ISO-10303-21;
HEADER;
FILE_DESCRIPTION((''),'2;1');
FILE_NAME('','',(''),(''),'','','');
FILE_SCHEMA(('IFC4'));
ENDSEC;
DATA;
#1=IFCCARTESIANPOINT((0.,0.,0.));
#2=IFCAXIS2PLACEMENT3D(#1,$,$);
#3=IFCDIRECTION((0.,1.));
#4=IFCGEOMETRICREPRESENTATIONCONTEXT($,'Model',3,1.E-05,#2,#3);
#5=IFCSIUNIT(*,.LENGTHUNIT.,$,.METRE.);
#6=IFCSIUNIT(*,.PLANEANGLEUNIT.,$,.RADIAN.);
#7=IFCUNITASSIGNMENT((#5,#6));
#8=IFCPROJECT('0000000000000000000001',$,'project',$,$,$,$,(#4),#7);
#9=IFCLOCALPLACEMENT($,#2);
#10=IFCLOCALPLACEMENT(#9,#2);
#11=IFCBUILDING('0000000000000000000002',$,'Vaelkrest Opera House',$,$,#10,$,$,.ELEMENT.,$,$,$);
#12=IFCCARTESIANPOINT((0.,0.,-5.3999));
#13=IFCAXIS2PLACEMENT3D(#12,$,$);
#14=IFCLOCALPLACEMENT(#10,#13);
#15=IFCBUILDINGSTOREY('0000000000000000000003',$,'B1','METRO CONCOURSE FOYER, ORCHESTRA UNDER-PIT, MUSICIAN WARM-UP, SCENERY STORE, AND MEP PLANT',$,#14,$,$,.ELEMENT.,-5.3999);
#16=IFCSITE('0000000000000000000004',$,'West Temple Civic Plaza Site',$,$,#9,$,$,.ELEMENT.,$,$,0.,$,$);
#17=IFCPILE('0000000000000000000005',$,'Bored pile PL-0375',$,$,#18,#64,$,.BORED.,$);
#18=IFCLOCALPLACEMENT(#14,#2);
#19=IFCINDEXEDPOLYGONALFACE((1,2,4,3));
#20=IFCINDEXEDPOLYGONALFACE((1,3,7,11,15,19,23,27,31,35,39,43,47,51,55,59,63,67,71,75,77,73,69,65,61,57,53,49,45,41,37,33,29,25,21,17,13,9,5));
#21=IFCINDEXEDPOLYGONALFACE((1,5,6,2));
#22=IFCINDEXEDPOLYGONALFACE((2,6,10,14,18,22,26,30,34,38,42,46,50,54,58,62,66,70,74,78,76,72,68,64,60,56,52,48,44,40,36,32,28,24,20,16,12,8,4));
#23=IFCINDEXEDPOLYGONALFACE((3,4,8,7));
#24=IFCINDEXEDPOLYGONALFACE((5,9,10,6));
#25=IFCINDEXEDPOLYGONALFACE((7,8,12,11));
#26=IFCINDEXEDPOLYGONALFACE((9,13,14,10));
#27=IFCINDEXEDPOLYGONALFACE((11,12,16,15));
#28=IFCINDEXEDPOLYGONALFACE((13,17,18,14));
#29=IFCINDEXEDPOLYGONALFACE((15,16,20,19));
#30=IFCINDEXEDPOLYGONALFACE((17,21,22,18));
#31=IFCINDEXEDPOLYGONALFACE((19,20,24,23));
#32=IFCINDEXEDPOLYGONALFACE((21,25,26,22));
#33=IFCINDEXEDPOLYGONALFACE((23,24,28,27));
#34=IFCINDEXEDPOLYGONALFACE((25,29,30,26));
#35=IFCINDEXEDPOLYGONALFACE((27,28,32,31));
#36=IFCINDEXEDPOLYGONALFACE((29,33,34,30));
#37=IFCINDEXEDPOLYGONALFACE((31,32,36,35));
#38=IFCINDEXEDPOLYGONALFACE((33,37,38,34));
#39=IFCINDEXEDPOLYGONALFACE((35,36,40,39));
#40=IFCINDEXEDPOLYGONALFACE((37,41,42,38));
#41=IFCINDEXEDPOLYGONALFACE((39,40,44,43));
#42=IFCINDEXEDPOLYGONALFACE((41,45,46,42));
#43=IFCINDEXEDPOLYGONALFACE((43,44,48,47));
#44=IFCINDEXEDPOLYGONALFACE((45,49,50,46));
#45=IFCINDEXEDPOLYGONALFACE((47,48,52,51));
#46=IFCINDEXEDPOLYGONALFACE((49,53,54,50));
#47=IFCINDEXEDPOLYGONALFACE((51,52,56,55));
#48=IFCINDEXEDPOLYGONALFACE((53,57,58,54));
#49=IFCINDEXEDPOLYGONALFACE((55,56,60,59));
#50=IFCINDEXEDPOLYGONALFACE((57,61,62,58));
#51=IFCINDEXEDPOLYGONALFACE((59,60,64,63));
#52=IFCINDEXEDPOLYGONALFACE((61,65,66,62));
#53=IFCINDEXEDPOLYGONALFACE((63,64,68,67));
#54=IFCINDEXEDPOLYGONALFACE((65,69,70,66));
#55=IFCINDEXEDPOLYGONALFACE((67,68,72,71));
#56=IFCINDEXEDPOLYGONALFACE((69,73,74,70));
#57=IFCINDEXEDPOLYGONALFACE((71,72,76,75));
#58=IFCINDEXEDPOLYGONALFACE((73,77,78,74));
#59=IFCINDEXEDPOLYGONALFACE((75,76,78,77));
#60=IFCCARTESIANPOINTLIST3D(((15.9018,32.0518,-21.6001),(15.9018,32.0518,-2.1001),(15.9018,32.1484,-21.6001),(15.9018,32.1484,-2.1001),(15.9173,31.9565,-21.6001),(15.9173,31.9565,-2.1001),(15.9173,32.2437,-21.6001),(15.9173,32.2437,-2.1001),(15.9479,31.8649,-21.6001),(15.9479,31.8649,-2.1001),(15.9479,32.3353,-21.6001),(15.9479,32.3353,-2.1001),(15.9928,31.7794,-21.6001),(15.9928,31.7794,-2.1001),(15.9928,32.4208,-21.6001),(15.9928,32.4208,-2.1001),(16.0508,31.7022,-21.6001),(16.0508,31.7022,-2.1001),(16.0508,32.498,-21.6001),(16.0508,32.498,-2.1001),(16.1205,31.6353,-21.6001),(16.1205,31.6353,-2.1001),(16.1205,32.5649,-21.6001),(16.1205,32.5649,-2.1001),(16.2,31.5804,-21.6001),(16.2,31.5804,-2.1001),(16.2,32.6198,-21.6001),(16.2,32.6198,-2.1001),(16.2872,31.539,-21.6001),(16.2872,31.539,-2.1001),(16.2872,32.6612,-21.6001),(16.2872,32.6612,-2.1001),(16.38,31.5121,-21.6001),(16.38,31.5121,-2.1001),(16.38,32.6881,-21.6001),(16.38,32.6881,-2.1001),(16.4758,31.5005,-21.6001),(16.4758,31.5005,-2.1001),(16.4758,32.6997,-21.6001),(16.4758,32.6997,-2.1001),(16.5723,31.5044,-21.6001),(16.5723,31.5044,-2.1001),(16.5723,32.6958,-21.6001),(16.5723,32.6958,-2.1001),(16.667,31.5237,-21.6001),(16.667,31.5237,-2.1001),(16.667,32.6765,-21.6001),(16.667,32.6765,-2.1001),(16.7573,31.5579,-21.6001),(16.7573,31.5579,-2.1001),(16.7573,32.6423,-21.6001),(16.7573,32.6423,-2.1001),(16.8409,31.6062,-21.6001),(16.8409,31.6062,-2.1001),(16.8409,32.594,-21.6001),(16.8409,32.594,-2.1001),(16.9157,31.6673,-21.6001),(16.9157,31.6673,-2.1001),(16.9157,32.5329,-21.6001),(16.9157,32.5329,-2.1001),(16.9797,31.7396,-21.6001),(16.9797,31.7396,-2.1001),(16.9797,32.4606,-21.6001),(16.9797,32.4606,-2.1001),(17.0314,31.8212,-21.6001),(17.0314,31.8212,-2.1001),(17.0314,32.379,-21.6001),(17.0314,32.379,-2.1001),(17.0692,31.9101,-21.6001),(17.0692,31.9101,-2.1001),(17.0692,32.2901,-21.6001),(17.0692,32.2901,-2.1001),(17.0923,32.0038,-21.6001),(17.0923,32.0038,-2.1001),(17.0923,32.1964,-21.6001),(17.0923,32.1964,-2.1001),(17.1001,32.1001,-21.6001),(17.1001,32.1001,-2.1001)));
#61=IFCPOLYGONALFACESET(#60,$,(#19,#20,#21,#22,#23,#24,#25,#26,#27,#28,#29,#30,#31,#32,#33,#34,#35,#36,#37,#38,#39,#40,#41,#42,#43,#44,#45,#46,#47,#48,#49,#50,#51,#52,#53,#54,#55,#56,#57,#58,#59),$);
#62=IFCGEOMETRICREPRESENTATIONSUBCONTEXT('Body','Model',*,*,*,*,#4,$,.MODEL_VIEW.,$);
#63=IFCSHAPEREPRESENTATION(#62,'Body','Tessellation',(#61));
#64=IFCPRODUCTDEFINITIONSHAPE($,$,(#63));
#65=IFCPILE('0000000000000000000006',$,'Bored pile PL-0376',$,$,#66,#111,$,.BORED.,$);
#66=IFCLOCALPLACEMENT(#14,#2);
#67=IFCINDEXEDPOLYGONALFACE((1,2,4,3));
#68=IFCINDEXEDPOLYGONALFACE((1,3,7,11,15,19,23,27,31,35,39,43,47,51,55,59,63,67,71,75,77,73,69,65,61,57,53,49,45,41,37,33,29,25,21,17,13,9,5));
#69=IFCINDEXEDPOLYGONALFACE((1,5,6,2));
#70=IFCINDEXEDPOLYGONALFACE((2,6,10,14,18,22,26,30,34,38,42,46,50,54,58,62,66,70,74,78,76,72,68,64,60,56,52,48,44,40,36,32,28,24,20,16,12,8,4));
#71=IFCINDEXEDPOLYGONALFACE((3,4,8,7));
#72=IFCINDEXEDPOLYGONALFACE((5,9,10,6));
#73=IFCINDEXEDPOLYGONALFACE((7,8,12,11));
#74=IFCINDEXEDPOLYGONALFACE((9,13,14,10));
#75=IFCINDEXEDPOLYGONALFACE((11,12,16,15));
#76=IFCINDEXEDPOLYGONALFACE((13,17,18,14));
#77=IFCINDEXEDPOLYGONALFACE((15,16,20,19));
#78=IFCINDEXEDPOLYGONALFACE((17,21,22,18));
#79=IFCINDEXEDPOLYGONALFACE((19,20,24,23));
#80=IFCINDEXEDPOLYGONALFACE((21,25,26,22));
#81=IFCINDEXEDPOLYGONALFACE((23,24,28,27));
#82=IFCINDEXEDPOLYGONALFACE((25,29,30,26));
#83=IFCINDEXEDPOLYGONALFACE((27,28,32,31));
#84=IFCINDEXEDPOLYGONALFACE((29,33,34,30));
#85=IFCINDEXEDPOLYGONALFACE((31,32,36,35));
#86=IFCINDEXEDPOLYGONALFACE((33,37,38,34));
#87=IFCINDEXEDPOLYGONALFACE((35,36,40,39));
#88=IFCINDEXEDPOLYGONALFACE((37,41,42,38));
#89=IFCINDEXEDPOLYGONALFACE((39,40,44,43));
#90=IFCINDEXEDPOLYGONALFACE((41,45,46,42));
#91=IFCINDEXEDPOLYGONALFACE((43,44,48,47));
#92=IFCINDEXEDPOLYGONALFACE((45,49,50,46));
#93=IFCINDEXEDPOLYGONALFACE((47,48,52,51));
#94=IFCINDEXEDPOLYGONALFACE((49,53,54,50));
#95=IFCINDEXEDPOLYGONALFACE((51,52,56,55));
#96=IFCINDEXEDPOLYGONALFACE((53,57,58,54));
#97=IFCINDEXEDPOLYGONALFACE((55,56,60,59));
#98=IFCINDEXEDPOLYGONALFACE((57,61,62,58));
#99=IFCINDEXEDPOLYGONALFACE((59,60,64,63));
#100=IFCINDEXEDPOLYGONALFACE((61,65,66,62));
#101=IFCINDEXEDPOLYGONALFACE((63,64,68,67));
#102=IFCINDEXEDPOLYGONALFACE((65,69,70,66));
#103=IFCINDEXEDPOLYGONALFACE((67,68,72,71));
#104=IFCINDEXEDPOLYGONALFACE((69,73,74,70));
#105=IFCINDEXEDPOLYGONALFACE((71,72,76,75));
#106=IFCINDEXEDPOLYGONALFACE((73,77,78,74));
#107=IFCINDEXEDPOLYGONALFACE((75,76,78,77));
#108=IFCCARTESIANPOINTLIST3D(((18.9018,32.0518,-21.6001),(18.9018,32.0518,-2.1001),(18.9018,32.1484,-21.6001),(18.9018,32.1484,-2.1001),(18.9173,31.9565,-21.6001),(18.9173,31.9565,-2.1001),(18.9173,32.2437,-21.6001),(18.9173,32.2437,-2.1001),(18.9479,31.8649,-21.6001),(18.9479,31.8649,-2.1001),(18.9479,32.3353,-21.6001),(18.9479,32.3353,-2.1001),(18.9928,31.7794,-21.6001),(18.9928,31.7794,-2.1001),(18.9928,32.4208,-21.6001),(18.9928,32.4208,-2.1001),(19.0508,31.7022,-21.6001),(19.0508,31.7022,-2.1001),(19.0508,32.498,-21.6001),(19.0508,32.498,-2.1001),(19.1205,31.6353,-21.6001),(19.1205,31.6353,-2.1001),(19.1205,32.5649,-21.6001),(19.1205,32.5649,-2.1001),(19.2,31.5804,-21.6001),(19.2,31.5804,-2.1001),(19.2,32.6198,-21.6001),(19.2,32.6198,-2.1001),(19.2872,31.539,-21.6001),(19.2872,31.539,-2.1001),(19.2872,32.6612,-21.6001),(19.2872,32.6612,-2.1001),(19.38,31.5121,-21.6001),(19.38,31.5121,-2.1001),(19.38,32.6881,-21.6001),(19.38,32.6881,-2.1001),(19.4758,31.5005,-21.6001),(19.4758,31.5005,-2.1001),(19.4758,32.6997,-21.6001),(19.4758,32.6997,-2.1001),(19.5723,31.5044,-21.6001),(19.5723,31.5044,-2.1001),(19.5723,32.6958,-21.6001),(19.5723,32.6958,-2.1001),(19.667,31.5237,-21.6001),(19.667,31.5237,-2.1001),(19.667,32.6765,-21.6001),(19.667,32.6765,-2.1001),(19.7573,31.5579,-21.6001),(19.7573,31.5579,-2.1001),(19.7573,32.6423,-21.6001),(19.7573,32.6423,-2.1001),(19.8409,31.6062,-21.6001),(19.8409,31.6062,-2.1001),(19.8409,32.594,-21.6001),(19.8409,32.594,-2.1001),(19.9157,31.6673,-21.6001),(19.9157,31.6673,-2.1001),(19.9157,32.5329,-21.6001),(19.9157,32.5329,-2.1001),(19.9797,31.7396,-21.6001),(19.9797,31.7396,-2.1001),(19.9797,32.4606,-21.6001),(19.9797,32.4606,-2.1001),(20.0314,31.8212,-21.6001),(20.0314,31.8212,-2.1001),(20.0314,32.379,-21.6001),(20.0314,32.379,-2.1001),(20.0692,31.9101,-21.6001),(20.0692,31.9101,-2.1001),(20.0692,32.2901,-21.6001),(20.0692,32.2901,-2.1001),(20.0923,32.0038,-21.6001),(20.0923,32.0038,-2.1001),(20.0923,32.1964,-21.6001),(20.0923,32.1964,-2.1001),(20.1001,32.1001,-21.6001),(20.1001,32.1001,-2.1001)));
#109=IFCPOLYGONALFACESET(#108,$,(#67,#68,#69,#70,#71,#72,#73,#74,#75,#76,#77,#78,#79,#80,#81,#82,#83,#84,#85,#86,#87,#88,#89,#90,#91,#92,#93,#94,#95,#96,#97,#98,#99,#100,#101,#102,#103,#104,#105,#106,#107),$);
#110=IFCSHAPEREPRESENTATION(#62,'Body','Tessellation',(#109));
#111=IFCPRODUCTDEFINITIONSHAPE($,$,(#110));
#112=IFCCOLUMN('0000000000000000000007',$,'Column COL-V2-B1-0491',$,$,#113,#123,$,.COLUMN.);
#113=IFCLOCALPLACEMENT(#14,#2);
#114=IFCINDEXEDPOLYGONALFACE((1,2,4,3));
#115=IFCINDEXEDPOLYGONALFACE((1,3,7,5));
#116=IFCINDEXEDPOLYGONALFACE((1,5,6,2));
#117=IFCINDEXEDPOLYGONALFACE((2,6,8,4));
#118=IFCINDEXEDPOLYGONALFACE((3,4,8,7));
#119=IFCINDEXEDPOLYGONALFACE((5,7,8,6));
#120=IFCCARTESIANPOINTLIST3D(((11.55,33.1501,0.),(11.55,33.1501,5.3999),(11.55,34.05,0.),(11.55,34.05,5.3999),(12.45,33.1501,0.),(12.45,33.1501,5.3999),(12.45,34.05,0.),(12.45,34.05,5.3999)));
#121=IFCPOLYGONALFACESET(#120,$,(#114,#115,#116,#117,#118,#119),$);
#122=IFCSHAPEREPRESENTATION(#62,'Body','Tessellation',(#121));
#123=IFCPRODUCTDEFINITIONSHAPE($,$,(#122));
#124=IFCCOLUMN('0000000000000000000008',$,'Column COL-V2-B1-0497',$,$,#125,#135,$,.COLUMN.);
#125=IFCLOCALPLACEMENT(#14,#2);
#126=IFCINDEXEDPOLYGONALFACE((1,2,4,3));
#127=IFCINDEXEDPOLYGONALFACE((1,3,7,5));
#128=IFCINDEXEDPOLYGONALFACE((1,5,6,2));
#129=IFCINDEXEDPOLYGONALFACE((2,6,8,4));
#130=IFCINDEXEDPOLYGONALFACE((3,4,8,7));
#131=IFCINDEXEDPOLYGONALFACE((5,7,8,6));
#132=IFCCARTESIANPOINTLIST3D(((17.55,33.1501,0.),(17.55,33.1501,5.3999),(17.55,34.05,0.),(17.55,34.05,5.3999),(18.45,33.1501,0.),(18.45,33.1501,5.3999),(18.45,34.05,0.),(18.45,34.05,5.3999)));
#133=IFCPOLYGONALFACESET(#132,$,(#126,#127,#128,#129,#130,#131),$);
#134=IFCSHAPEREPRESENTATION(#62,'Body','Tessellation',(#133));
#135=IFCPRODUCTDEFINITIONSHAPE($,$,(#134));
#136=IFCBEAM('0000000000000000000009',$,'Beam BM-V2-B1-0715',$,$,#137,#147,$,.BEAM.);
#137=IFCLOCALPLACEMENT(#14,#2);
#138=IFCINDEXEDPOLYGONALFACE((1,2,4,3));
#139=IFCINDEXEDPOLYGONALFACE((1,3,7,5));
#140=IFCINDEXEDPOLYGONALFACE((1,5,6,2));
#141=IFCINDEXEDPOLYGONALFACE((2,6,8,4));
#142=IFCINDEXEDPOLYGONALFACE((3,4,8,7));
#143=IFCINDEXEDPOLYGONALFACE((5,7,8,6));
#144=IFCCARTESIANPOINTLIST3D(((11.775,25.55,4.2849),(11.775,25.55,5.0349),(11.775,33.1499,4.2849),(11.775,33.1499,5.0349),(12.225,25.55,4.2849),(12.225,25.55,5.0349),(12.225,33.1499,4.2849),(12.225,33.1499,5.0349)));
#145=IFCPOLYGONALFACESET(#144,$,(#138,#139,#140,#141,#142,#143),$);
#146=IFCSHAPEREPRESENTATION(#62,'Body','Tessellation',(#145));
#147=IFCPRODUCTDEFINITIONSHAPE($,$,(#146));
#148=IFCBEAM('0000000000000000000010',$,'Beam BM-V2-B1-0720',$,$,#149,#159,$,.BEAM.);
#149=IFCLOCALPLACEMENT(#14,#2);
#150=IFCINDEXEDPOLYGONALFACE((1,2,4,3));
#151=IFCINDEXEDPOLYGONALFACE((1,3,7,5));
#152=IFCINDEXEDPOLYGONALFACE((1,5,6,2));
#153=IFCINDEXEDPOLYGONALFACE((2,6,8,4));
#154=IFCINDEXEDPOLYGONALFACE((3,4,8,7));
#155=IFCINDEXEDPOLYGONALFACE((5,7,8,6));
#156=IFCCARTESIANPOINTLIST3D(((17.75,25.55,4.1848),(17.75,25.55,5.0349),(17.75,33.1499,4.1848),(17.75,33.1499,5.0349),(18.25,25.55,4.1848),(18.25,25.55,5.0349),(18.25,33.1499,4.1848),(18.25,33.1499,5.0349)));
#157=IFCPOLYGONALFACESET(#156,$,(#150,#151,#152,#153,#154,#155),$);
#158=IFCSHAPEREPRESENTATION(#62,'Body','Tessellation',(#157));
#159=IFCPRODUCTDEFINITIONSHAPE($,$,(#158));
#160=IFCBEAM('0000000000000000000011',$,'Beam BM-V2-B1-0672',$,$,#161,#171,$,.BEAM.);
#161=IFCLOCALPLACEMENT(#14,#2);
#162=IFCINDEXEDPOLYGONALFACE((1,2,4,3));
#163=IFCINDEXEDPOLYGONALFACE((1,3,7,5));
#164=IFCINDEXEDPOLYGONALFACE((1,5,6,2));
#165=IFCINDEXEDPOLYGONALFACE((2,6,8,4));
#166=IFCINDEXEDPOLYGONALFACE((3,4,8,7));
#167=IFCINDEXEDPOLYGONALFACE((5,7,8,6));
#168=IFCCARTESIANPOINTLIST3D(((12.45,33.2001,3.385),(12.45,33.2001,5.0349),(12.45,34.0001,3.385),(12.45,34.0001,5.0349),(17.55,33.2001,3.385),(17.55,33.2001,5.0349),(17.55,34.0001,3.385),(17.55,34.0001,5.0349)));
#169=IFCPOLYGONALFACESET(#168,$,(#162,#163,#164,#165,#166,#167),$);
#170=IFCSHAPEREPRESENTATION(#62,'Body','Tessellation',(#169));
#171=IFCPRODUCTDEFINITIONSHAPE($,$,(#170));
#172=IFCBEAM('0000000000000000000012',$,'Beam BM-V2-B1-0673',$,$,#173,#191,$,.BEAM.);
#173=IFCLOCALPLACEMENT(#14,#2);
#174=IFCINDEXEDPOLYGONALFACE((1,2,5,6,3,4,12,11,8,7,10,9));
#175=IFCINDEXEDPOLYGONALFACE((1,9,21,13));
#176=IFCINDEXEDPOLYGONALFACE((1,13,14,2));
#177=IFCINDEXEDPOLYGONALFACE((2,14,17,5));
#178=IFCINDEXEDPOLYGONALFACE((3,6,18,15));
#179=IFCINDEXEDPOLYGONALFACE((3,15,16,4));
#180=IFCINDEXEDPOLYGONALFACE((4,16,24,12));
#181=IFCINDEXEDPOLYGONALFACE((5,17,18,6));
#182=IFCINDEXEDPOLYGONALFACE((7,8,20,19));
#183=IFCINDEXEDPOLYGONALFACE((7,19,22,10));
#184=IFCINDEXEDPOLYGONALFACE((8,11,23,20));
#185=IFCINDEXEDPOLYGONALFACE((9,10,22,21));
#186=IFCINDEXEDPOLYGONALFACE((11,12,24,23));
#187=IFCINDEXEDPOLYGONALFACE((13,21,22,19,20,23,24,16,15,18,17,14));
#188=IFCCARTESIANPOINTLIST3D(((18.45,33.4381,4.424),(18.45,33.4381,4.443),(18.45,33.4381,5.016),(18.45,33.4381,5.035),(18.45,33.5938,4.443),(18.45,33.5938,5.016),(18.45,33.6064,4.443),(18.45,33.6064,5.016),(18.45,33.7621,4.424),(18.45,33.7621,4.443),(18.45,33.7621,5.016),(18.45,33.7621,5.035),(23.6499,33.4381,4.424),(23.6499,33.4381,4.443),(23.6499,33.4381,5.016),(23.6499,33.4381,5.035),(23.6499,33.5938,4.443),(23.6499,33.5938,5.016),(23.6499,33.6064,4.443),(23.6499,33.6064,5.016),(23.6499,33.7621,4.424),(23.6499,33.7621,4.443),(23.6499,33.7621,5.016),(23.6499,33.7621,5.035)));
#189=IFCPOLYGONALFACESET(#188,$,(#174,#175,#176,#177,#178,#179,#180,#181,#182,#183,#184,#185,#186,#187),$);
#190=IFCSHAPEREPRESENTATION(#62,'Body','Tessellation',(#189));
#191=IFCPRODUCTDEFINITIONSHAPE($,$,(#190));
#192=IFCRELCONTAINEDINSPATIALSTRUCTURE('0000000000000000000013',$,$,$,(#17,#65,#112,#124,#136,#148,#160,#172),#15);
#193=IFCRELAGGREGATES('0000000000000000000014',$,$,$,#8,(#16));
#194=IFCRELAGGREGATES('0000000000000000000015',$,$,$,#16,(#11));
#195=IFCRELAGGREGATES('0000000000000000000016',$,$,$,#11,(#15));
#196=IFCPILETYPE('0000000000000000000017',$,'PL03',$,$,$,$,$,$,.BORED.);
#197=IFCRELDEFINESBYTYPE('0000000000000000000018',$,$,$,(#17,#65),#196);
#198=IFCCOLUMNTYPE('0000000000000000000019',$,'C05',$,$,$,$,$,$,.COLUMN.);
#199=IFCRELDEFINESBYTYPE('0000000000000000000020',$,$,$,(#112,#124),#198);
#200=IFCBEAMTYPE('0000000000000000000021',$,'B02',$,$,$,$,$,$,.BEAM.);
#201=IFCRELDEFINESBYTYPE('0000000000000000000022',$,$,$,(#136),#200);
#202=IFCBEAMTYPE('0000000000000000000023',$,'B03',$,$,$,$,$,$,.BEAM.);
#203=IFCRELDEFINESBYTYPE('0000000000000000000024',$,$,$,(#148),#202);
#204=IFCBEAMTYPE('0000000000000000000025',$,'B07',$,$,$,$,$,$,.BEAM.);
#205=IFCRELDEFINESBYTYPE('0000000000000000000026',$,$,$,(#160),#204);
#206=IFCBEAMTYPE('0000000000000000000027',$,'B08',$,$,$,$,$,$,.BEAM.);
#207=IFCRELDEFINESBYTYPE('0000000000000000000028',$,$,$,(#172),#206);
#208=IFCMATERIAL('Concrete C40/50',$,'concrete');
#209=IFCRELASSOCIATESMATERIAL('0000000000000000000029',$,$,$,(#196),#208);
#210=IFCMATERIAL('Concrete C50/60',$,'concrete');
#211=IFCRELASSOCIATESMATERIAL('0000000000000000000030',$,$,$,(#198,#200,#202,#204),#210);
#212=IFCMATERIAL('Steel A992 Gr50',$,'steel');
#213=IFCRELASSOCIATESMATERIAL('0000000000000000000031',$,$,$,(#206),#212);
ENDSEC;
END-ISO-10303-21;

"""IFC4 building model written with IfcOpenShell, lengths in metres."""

from ifc_helpers import new_model, si_unit, direction, frame, origin, origin_2d, place, context, subcontext, project, spatial, rectangle, circle, i_section, extrude, material, material_profile, profile_set, type_object, element, save


model = new_model("IFC4")

# Units and contexts
model_context = context("Model", 3, precision=1e-05, world=origin(), true_north=direction((0.0, 1.0)))
body_context = subcontext(model_context, "Body", "Model", "MODEL_VIEW")
ifc_project = project(units=[si_unit("LENGTHUNIT", "METRE"), si_unit("PLANEANGLEUNIT", "RADIAN")], contexts=[model_context])

# Site, building, storey
site_placement = place(None, origin())
site = spatial("IfcSite", under=ifc_project, at=site_placement, Name="West Temple Civic Plaza Site", CompositionType="ELEMENT", RefElevation=0.0)
building_placement = place(site_placement, origin())
building = spatial("IfcBuilding", under=site, at=building_placement, Name="Vaelkrest Opera House", CompositionType="ELEMENT")
storey_placement = place(building_placement, frame((0.0, 0.0, -5.3999)))
storey = spatial("IfcBuildingStorey", under=building, at=storey_placement, Name="B1", Description="METRO CONCOURSE FOYER, ORCHESTRA UNDER-PIT, MUSICIAN WARM-UP, SCENERY STORE, AND MEP PLANT", CompositionType="ELEMENT", Elevation=-5.3999)

# Shared definitions
ifc_material_1 = material(Name="Concrete C40/50", Category="concrete")

# Piles
ifc_material_profile_1 = material_profile(ifc_material_1, circle(Radius=0.6001, at=origin_2d()), Name="PILE1200")
ifc_profile_set_1 = profile_set([ifc_material_profile_1], Name="Concrete C40/50")
pile_type_1 = type_object("IfcPileType", Name="PL03", PredefinedType="BORED", material=ifc_profile_set_1)
for number, where, z_axis, x_axis, name in (
    (1, (16.5, 32.1001, -2.1001), (0.0, 0.0, -1.0), (1.0, 0.0, 0.0), "Bored pile PL-0375"),
    (2, (19.5, 32.1001, -2.1001), (0.0, 0.0, -1.0), (1.0, 0.0, 0.0), "Bored pile PL-0376"),
):
    element("IfcPile", number, at=place(storey_placement, frame(where, z_axis=z_axis, x_axis=x_axis)), inside=storey, type_object=pile_type_1, Name=name, PredefinedType="BORED", context=body_context, shape_type="SweptSolid", body=[
        extrude(circle(Radius=0.6001, at=origin_2d()), origin(), (0.0, 0.0, 1.0), 19.5),
    ])

# Columns
ifc_material_2 = material(Name="Concrete C50/60", Category="concrete")
ifc_material_profile_2 = material_profile(ifc_material_2, rectangle(XDim=0.8999, YDim=0.8999, at=origin_2d()), Name="RC900X900")
ifc_profile_set_2 = profile_set([ifc_material_profile_2], Name="Concrete C50/60")
column_type = type_object("IfcColumnType", Name="C05", PredefinedType="COLUMN", material=ifc_profile_set_2)
for number, where, z_axis, x_axis, name in (
    (3, (12.0, 33.6001, 0.0), (0.0, 0.0, 1.0), (1.0, 0.0, 0.0), "Column COL-V2-B1-0491"),
    (4, (18.0, 33.6001, 0.0), (0.0, 0.0, 1.0), (1.0, 0.0, 0.0), "Column COL-V2-B1-0497"),
):
    element("IfcColumn", number, at=place(storey_placement, frame(where, z_axis=z_axis, x_axis=x_axis)), inside=storey, type_object=column_type, Name=name, PredefinedType="COLUMN", context=body_context, shape_type="SweptSolid", body=[
        extrude(rectangle(XDim=0.8999, YDim=0.8999, at=origin_2d()), origin(), (0.0, 0.0, 1.0), 5.3999),
    ])

# Beams
ifc_material_profile_3 = material_profile(ifc_material_2, rectangle(XDim=0.45, YDim=0.75, at=origin_2d()), Name="RCB450X750")
ifc_profile_set_3 = profile_set([ifc_material_profile_3], Name="Concrete C50/60")
beam_type_1 = type_object("IfcBeamType", Name="B02", PredefinedType="BEAM", material=ifc_profile_set_3)
beam_1_placement = place(storey_placement, frame((12.0, 25.55, 4.6599), z_axis=(0.0, 1.0, 0.0), x_axis=(-1.0, 0.0, 0.0)))
element("IfcBeam", 5, at=beam_1_placement, inside=storey, type_object=beam_type_1, Name="Beam BM-V2-B1-0715", PredefinedType="BEAM", context=body_context, shape_type="SweptSolid", body=[
    extrude(rectangle(XDim=0.45, YDim=0.75, at=origin_2d()), origin(), (0.0, 0.0, 1.0), 7.5999),
])
ifc_material_profile_4 = material_profile(ifc_material_2, rectangle(XDim=0.5, YDim=0.8501, at=origin_2d()), Name="RCB500X850")
ifc_profile_set_4 = profile_set([ifc_material_profile_4], Name="Concrete C50/60")
beam_type_2 = type_object("IfcBeamType", Name="B03", PredefinedType="BEAM", material=ifc_profile_set_4)
beam_2_placement = place(storey_placement, frame((18.0, 25.55, 4.6099), z_axis=(0.0, 1.0, 0.0), x_axis=(-1.0, 0.0, 0.0)))
element("IfcBeam", 6, at=beam_2_placement, inside=storey, type_object=beam_type_2, Name="Beam BM-V2-B1-0720", PredefinedType="BEAM", context=body_context, shape_type="SweptSolid", body=[
    extrude(rectangle(XDim=0.5, YDim=0.8501, at=origin_2d()), origin(), (0.0, 0.0, 1.0), 7.5999),
])
ifc_material_profile_5 = material_profile(ifc_material_2, rectangle(XDim=0.8, YDim=1.6499, at=origin_2d()), Name="RCB800X1650")
ifc_profile_set_5 = profile_set([ifc_material_profile_5], Name="Concrete C50/60")
beam_type_3 = type_object("IfcBeamType", Name="B07", PredefinedType="BEAM", material=ifc_profile_set_5)
beam_3_placement = place(storey_placement, frame((12.45, 33.6001, 4.21), z_axis=(1.0, 0.0, 0.0), x_axis=(0.0, 1.0, 0.0)))
element("IfcBeam", 7, at=beam_3_placement, inside=storey, type_object=beam_type_3, Name="Beam BM-V2-B1-0672", PredefinedType="BEAM", context=body_context, shape_type="SweptSolid", body=[
    extrude(rectangle(XDim=0.8, YDim=1.6499, at=origin_2d()), origin(), (0.0, 0.0, 1.0), 5.1001),
])
ifc_material_3 = material(Name="Steel A992 Gr50", Category="steel")
ifc_material_profile_6 = material_profile(ifc_material_3, i_section(OverallWidth=0.324, OverallDepth=0.6111, WebThickness=0.0127, FlangeThickness=0.019, at=origin_2d()), Name="W24X104")
ifc_profile_set_6 = profile_set([ifc_material_profile_6], Name="Steel A992 Gr50")
beam_type_4 = type_object("IfcBeamType", Name="B08", PredefinedType="BEAM", material=ifc_profile_set_6)
beam_4_placement = place(storey_placement, frame((18.45, 33.6001, 4.7295), z_axis=(1.0, 0.0, 0.0), x_axis=(0.0, 1.0, 0.0)))
element("IfcBeam", 8, at=beam_4_placement, inside=storey, type_object=beam_type_4, Name="Beam BM-V2-B1-0673", PredefinedType="BEAM", context=body_context, shape_type="SweptSolid", body=[
    extrude(i_section(OverallWidth=0.324, OverallDepth=0.6111, WebThickness=0.0127, FlangeThickness=0.019, at=origin_2d()), origin(), (0.0, 0.0, 1.0), 5.2),
])

save(model, "model.ifc")
